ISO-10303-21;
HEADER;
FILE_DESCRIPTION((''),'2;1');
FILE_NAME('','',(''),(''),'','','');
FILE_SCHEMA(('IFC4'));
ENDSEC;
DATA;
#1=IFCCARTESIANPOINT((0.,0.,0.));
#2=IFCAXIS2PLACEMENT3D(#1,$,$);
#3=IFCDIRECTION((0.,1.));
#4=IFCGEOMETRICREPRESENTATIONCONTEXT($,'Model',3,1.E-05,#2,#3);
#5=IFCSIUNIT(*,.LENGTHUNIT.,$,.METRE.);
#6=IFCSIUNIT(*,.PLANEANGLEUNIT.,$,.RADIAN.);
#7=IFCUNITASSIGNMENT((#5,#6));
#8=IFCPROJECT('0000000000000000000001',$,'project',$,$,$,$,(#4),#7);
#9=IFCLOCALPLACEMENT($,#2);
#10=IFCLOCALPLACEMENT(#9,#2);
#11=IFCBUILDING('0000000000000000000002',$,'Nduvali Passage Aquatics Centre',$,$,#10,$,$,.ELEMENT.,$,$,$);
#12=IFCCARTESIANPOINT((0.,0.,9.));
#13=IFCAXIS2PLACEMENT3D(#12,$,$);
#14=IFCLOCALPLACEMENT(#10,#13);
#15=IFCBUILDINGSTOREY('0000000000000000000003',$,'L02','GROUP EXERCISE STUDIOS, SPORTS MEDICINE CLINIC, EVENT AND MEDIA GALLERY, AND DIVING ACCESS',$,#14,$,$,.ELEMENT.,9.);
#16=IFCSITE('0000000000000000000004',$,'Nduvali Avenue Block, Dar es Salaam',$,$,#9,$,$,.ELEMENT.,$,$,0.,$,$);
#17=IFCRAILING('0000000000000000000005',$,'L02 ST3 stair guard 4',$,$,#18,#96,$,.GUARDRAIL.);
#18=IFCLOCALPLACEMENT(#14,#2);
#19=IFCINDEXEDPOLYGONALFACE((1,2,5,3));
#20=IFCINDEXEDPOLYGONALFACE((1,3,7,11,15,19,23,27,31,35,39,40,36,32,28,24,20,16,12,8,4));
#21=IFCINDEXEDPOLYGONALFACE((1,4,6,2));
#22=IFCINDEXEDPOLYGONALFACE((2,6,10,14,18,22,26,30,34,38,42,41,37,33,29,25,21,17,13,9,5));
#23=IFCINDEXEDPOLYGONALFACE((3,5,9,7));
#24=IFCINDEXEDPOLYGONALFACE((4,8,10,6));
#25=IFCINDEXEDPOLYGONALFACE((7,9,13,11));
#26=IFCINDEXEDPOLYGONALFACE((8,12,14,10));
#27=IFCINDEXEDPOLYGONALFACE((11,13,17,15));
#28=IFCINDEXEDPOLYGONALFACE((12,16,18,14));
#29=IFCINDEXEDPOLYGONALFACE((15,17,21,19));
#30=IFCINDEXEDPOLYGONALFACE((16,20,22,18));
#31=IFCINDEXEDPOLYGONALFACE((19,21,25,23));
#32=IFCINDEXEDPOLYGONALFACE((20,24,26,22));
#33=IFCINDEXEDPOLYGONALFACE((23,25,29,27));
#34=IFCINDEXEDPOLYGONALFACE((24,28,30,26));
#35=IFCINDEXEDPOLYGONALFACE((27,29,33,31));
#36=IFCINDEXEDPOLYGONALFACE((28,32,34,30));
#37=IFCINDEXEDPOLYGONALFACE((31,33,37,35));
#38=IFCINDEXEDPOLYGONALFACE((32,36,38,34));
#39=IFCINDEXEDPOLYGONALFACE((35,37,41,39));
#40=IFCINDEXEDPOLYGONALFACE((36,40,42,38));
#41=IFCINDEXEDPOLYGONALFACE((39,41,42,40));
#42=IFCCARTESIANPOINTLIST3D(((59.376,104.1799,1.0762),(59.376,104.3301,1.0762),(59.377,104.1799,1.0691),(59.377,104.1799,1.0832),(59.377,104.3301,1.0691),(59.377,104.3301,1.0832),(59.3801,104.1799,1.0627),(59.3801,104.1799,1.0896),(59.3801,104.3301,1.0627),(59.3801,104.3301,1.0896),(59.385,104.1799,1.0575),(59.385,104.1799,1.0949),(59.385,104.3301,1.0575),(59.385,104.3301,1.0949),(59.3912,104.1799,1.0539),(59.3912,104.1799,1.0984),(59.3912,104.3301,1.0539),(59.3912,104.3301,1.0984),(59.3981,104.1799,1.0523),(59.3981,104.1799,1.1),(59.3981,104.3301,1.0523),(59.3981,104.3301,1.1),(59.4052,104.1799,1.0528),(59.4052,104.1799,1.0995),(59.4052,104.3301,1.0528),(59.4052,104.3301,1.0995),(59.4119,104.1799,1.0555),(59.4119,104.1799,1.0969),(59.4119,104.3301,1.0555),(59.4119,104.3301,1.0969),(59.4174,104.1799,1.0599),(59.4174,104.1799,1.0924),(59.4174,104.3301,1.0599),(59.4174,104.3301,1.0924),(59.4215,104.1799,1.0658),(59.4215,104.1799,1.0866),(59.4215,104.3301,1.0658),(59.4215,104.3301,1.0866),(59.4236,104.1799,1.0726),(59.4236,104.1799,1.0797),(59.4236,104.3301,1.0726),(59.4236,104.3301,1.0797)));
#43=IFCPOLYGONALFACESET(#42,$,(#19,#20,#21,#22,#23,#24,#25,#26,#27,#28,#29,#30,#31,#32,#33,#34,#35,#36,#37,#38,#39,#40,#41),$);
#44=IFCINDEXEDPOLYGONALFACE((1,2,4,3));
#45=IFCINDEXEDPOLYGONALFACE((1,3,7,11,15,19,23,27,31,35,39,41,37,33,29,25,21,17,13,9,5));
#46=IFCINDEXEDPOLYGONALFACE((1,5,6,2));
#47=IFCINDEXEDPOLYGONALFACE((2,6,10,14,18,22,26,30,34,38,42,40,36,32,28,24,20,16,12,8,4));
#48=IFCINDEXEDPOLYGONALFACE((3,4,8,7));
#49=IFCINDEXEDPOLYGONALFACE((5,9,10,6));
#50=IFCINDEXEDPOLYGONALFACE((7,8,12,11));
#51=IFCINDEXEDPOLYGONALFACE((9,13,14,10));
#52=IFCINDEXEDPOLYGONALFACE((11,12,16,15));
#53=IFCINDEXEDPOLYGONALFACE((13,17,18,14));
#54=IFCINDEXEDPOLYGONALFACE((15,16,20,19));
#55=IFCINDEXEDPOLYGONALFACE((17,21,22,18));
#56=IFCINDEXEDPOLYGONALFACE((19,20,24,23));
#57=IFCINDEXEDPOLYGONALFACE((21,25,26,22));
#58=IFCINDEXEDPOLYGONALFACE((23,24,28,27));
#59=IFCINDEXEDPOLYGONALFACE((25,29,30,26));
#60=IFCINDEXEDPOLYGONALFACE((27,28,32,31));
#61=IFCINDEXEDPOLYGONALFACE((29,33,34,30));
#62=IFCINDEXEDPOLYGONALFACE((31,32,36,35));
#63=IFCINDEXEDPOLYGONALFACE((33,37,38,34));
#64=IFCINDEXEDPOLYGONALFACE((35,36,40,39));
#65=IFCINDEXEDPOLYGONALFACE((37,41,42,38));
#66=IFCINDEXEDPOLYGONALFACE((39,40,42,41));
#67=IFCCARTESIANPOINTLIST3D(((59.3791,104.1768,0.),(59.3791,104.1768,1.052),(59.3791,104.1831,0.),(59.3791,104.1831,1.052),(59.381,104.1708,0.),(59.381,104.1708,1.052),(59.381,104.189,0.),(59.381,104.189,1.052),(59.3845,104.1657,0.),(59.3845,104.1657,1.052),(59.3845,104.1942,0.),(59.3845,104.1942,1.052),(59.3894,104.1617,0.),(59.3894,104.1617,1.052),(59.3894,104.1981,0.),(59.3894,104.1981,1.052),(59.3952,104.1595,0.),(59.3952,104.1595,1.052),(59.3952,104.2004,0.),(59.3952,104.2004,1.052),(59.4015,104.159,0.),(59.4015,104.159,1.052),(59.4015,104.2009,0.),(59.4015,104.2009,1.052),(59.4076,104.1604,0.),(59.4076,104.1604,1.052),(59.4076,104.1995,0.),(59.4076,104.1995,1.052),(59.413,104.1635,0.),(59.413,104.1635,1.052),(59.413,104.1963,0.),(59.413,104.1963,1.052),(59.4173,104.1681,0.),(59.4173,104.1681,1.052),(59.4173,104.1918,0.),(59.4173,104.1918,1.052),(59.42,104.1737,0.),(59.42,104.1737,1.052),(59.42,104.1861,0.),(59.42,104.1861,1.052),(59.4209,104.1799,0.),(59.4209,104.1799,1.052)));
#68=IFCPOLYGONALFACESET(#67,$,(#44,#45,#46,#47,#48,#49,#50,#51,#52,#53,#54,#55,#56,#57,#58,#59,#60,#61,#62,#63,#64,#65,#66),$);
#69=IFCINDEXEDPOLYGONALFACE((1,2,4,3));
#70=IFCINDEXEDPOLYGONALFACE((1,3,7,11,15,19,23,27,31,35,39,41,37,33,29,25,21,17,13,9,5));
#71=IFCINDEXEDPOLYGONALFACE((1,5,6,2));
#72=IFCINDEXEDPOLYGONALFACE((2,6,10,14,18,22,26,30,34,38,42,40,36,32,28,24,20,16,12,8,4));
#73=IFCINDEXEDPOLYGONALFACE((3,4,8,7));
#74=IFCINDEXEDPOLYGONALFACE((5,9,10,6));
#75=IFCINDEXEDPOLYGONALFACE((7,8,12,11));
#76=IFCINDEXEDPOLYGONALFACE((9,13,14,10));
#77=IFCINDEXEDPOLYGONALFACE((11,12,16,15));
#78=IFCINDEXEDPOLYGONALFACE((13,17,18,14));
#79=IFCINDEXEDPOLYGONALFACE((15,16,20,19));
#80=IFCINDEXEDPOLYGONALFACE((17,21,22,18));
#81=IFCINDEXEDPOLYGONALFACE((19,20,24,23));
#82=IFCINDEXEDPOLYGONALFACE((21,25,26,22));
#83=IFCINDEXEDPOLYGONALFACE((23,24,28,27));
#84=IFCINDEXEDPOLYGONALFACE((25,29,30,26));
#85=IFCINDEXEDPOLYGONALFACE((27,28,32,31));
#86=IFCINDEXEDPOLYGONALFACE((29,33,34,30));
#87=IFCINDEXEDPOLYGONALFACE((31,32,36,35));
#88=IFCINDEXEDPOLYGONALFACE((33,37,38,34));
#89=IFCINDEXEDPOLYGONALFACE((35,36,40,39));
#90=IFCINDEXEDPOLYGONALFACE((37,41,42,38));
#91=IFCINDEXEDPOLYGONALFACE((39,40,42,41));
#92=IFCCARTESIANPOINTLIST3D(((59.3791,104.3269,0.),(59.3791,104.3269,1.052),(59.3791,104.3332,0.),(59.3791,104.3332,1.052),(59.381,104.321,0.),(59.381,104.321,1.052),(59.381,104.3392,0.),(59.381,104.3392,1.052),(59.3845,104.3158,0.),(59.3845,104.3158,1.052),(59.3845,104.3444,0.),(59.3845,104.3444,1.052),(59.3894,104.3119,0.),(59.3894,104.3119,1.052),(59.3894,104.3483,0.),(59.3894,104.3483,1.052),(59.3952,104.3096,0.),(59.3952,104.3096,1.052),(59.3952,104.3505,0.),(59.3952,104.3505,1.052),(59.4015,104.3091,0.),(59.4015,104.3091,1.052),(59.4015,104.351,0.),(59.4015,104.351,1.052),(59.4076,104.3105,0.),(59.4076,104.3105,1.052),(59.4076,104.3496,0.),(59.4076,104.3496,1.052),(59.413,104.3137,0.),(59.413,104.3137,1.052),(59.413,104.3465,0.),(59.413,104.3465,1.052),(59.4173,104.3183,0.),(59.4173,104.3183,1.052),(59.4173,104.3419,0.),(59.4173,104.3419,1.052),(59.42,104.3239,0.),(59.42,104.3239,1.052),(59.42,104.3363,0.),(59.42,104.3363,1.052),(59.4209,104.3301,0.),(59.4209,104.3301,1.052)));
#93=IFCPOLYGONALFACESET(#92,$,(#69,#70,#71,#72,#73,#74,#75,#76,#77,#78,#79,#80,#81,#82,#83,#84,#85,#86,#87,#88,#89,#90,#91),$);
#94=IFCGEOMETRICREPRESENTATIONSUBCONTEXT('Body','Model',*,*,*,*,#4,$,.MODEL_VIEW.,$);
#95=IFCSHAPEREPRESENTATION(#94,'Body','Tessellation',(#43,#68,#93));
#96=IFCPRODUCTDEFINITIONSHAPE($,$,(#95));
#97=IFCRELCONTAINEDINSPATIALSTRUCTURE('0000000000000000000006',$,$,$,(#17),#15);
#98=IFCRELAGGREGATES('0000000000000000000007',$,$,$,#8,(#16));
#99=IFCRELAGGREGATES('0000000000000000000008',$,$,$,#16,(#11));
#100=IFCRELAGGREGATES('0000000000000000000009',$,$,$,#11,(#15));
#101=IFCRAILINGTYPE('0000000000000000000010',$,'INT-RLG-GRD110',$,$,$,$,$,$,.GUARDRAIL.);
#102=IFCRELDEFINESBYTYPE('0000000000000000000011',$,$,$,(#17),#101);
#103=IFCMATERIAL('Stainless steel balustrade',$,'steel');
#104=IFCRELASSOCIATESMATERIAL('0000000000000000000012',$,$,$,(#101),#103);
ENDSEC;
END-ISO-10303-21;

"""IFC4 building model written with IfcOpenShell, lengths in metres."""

from ifc_helpers import new_model, si_unit, direction, frame, origin, origin_2d, place, context, subcontext, project, spatial, circle, extrude, material, type_object, element, save


model = new_model("IFC4")

# Units and contexts
model_context = context("Model", 3, precision=1e-05, world=origin(), true_north=direction((0.0, 1.0)))
body_context = subcontext(model_context, "Body", "Model", "MODEL_VIEW")
ifc_project = project(units=[si_unit("LENGTHUNIT", "METRE"), si_unit("PLANEANGLEUNIT", "RADIAN")], contexts=[model_context])

# Site, building, storey
site_placement = place(None, origin())
site = spatial("IfcSite", under=ifc_project, at=site_placement, Name="Nduvali Avenue Block, Dar es Salaam", CompositionType="ELEMENT", RefElevation=0.0)
building_placement = place(site_placement, origin())
building = spatial("IfcBuilding", under=site, at=building_placement, Name="Nduvali Passage Aquatics Centre", CompositionType="ELEMENT")
storey_placement = place(building_placement, frame((0.0, 0.0, 9.0)))
storey = spatial("IfcBuildingStorey", under=building, at=storey_placement, Name="L02", Description="GROUP EXERCISE STUDIOS, SPORTS MEDICINE CLINIC, EVENT AND MEDIA GALLERY, AND DIVING ACCESS", CompositionType="ELEMENT", Elevation=9.0)

# Railing
ifc_material_1 = material(Name="Stainless steel balustrade", Category="steel")
railing_type_1 = type_object("IfcRailingType", Name="INT-RLG-GRD110", PredefinedType="GUARDRAIL", material=ifc_material_1)
railing_1_placement = place(storey_placement, frame((59.3999, 104.1799, 0.0)))
element("IfcRailing", 1, at=railing_1_placement, inside=storey, type_object=railing_type_1, Name="L02 ST3 stair guard 4", PredefinedType="GUARDRAIL", context=body_context, shape_type="SweptSolid", body=[
    extrude(circle(Radius=0.0239, at=origin_2d()), frame((0.0, 0.0, 1.0762), z_axis=(0.0, 1.0, 0.0), x_axis=(-1.0, 0.0, 0.0)), (0.0, 0.0, 1.0), 0.1501),
    extrude(circle(Radius=0.021, at=origin_2d()), origin(), (0.0, 0.0, 1.0), 1.052),
    extrude(circle(Radius=0.021, at=origin_2d()), frame((0.0, 0.1501, 0.0)), (0.0, 0.0, 1.0), 1.052),
])

save(model, "model.ifc")
